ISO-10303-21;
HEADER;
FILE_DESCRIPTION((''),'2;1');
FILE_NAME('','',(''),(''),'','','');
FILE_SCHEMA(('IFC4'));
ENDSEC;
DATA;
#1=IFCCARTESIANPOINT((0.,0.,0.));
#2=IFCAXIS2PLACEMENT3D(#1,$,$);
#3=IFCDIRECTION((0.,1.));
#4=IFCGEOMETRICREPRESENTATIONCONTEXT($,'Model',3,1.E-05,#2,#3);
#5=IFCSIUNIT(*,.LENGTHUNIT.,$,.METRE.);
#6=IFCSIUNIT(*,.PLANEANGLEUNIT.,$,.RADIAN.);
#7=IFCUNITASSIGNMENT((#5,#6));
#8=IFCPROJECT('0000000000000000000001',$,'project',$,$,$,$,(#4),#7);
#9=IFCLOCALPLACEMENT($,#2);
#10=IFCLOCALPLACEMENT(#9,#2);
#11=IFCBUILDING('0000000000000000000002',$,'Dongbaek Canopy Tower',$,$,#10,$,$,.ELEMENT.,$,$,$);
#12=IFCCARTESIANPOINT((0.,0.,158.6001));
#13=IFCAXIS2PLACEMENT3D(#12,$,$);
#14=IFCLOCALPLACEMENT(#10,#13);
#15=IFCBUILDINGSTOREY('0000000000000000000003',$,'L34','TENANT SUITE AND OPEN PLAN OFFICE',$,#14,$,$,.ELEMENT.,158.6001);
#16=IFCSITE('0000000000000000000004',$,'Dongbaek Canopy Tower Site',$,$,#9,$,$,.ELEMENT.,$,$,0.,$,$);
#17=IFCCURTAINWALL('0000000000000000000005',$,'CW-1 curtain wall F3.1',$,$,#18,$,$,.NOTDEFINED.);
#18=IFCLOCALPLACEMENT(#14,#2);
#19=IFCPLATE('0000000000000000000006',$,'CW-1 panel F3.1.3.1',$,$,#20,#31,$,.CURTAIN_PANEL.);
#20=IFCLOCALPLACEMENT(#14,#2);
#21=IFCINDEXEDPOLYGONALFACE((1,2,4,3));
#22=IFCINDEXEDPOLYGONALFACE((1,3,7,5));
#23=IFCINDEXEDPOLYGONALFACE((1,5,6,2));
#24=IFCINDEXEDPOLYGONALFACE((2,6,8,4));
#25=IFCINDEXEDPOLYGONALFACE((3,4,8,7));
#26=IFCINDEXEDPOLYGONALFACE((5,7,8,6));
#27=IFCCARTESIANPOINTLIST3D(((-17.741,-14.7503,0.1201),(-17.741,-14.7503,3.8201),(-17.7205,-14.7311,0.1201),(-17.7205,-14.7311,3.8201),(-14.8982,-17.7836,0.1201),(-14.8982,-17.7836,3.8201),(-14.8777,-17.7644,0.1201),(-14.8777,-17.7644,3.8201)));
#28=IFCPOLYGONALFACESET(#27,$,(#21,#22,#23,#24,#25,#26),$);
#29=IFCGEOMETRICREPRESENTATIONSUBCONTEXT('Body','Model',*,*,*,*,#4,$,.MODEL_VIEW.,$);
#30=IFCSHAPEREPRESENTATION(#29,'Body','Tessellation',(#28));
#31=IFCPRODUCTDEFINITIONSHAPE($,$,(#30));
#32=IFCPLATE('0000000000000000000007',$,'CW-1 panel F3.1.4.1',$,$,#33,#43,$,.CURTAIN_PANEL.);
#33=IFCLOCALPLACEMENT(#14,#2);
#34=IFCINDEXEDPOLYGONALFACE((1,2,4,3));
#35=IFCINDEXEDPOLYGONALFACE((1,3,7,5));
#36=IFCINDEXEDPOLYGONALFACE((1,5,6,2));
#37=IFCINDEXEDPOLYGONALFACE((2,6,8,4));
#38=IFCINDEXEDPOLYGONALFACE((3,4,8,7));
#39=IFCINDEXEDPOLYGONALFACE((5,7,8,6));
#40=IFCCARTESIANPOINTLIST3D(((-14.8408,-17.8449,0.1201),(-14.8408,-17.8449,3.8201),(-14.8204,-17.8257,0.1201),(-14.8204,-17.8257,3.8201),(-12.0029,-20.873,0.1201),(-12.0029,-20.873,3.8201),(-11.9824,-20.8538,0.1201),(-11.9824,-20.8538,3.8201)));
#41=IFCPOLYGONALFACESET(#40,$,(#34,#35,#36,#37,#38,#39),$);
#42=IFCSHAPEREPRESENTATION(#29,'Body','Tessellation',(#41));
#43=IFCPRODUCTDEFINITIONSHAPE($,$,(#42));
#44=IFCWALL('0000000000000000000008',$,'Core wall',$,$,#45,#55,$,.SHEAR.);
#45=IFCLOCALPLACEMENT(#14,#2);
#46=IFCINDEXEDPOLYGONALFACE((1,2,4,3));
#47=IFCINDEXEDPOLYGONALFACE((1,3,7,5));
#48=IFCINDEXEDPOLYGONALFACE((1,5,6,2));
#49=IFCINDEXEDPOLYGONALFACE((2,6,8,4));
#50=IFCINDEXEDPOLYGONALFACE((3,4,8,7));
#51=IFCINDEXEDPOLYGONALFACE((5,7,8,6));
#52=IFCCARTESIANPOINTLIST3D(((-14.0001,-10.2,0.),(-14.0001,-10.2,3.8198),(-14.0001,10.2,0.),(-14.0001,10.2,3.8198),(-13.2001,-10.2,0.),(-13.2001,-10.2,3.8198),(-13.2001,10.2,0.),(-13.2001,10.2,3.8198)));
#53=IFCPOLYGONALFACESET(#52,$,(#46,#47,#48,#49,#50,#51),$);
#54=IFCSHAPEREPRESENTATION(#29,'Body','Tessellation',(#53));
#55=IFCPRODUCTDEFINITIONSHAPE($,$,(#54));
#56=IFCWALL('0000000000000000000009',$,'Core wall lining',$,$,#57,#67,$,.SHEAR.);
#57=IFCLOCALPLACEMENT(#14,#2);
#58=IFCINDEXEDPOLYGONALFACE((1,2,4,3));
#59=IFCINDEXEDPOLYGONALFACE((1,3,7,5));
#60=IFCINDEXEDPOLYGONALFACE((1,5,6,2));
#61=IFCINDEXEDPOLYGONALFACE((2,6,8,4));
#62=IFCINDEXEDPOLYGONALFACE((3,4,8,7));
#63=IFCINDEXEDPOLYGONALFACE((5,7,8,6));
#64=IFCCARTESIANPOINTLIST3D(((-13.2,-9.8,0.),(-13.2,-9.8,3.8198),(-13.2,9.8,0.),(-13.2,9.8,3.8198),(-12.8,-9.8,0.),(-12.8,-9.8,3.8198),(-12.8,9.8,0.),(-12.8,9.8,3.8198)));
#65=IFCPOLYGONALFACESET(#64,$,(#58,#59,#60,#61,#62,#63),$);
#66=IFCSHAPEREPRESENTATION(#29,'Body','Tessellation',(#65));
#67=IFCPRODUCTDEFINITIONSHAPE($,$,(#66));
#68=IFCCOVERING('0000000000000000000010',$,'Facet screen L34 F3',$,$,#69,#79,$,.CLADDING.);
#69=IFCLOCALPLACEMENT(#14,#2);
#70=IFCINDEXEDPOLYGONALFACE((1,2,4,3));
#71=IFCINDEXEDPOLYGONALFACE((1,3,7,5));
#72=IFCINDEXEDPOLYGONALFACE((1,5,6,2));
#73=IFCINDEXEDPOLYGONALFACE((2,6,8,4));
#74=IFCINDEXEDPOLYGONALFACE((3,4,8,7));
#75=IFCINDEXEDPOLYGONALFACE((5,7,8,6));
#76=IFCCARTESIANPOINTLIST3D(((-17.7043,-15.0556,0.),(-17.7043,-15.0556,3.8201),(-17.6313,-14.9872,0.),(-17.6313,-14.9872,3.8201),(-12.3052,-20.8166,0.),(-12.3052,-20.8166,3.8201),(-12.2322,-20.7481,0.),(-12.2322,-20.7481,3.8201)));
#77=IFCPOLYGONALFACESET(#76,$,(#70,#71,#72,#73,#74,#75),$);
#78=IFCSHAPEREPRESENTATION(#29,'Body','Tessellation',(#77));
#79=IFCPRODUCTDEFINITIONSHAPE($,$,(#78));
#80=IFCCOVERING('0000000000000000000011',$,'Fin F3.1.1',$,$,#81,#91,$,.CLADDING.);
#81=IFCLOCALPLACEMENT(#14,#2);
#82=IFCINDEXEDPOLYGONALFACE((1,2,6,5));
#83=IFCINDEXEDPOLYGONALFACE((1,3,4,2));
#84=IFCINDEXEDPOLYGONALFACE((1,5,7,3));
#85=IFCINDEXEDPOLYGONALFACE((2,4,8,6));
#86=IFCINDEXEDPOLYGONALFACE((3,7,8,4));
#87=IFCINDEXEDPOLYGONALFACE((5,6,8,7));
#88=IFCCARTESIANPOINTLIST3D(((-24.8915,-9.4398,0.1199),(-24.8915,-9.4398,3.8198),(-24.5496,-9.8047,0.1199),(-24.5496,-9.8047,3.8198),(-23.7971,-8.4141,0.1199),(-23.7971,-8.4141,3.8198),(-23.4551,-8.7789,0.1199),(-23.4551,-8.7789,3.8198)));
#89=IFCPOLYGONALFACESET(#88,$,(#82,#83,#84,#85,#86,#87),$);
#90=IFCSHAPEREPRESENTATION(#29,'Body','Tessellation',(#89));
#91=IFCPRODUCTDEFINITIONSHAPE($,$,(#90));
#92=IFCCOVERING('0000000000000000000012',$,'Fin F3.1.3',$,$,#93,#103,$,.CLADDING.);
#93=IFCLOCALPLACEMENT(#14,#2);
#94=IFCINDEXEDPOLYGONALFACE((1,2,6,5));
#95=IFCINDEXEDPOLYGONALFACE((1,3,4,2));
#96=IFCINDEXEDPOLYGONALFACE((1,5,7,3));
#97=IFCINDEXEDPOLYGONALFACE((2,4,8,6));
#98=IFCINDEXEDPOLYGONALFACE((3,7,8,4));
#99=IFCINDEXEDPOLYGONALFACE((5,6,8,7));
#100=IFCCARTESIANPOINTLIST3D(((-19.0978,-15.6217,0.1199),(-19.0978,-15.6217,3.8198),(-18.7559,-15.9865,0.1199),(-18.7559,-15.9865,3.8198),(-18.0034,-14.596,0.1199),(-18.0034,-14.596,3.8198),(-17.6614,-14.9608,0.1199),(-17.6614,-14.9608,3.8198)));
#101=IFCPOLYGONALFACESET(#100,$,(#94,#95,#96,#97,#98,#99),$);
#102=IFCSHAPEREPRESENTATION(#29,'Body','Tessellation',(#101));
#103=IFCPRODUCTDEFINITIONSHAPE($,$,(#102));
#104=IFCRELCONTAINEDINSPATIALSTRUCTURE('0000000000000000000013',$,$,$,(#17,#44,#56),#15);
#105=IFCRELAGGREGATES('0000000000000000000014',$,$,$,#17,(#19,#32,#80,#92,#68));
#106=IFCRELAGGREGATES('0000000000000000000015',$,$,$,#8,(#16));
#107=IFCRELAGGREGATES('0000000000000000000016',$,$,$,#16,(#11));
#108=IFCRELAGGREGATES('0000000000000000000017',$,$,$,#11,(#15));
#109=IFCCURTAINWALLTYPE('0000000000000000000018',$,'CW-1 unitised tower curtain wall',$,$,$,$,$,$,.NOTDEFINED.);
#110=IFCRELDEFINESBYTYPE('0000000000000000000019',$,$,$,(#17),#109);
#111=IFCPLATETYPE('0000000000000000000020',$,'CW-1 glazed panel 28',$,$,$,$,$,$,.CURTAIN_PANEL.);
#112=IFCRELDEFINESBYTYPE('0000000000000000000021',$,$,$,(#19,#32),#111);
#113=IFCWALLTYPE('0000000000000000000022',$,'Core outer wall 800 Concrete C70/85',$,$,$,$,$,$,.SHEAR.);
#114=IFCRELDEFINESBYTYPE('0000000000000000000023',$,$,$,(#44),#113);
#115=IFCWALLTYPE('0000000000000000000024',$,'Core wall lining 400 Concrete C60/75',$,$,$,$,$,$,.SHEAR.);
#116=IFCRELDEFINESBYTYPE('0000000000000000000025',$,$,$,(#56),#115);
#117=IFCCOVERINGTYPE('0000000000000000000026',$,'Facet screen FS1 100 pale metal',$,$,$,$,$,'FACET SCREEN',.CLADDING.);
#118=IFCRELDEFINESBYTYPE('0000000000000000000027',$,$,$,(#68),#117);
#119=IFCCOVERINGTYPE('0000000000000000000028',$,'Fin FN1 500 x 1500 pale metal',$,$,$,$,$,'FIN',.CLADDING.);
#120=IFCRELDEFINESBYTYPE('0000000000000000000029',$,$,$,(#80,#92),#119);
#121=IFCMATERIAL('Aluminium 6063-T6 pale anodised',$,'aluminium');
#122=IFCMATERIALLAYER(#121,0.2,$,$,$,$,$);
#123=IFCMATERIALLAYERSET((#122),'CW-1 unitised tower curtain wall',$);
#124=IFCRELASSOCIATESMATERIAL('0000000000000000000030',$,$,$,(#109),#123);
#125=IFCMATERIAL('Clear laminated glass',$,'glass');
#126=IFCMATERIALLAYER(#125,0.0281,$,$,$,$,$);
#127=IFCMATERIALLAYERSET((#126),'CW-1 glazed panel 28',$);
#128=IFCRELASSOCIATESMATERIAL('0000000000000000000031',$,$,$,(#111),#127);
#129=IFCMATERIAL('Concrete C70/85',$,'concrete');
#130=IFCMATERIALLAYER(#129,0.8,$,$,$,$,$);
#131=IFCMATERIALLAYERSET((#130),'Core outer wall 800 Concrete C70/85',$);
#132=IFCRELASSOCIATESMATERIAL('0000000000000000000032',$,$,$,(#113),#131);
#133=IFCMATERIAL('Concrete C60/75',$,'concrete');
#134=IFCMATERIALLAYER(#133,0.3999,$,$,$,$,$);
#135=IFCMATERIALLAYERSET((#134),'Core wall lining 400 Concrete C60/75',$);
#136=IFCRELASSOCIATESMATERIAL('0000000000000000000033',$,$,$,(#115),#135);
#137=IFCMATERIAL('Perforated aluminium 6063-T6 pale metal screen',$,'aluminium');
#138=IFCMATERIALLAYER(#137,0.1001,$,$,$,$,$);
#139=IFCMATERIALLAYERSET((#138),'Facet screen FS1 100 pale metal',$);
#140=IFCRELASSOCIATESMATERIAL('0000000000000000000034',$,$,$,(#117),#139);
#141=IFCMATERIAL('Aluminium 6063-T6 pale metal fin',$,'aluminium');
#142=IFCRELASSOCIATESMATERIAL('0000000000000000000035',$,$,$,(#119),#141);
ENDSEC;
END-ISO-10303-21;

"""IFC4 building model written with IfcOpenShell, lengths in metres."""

from ifc_helpers import new_model, si_unit, direction, frame, frame_2d, origin, origin_2d, place, context, subcontext, project, spatial, rectangle, extrude, material, layer, layer_set, material_profile, profile_set, type_object, element, aggregate, save


model = new_model("IFC4")

# Units and contexts
model_context = context("Model", 3, precision=1e-05, world=origin(), true_north=direction((0.0, 1.0)))
body_context = subcontext(model_context, "Body", "Model", "MODEL_VIEW")
ifc_project = project(units=[si_unit("LENGTHUNIT", "METRE"), si_unit("PLANEANGLEUNIT", "RADIAN")], contexts=[model_context])

# Site, building, storey
site_placement = place(None, origin())
site = spatial("IfcSite", under=ifc_project, at=site_placement, Name="Dongbaek Canopy Tower Site", CompositionType="ELEMENT", RefElevation=0.0)
building_placement = place(site_placement, origin())
building = spatial("IfcBuilding", under=site, at=building_placement, Name="Dongbaek Canopy Tower", CompositionType="ELEMENT")
storey_placement = place(building_placement, frame((0.0, 0.0, 158.6001)))
storey = spatial("IfcBuildingStorey", under=building, at=storey_placement, Name="L34", Description="TENANT SUITE AND OPEN PLAN OFFICE", CompositionType="ELEMENT", Elevation=158.6001)

# Curtain wall
ifc_material_1 = material(Name="Aluminium 6063-T6 pale anodised", Category="aluminium")
ifc_layer_1 = layer(ifc_material_1, 0.2)
ifc_layer_set_1 = layer_set([ifc_layer_1], Name="CW-1 unitised tower curtain wall")
curtain_wall_type = type_object("IfcCurtainWallType", Name="CW-1 unitised tower curtain wall", PredefinedType="NOTDEFINED", material=ifc_layer_set_1)
curtain_wall_1_placement = place(storey_placement, origin())
curtain_wall_1 = element("IfcCurtainWall", 1, at=curtain_wall_1_placement, inside=storey, type_object=curtain_wall_type, Name="CW-1 curtain wall F3.1", PredefinedType="NOTDEFINED")

# Plates
ifc_material_2 = material(Name="Clear laminated glass", Category="glass")
ifc_layer_2 = layer(ifc_material_2, 0.0281)
ifc_layer_set_2 = layer_set([ifc_layer_2], Name="CW-1 glazed panel 28")
plate_type = type_object("IfcPlateType", Name="CW-1 glazed panel 28", PredefinedType="CURTAIN_PANEL", material=ifc_layer_set_2)
plate_1_placement = place(storey_placement, frame((-16.3093, -16.2573, 0.1201), z_axis=(0.0, 0.0, 1.0), x_axis=(0.683822, -0.729649, 0.0)))
plate_1 = element("IfcPlate", 2, at=plate_1_placement, type_object=plate_type, Name="CW-1 panel F3.1.3.1", PredefinedType="CURTAIN_PANEL", context=body_context, shape_type="SweptSolid", body=[
    extrude(rectangle(XDim=4.1572, YDim=0.0281, at=origin_2d()), origin(), (0.0, 0.0, 1.0), 3.7),
])
plate_2_placement = place(storey_placement, frame((-13.4116, -19.3494, 0.1201), z_axis=(0.0, 0.0, 1.0), x_axis=(0.683822, -0.729649, 0.0)))
plate_2 = element("IfcPlate", 3, at=plate_2_placement, type_object=plate_type, Name="CW-1 panel F3.1.4.1", PredefinedType="CURTAIN_PANEL", context=body_context, shape_type="SweptSolid", body=[
    extrude(rectangle(XDim=4.1501, YDim=0.0281, at=origin_2d()), origin(), (0.0, 0.0, 1.0), 3.7),
])

# Walls
ifc_material_3 = material(Name="Concrete C70/85", Category="concrete")
ifc_layer_3 = layer(ifc_material_3, 0.8)
ifc_layer_set_3 = layer_set([ifc_layer_3], Name="Core outer wall 800 Concrete C70/85")
wall_type_1 = type_object("IfcWallType", Name="Core outer wall 800 Concrete C70/85", PredefinedType="SHEAR", material=ifc_layer_set_3)
wall_1_placement = place(storey_placement, frame((-13.6001, -10.2, 0.0), z_axis=(0.0, 0.0, 1.0), x_axis=(0.0, 1.0, 0.0)))
element("IfcWall", 4, at=wall_1_placement, inside=storey, type_object=wall_type_1, Name="Core wall", PredefinedType="SHEAR", context=body_context, shape_type="SweptSolid", body=[
    extrude(rectangle(XDim=20.3999, YDim=0.8, at=frame_2d((10.2, 0.0))), origin(), (0.0, 0.0, 1.0), 3.8198),
])
ifc_material_4 = material(Name="Concrete C60/75", Category="concrete")
ifc_layer_4 = layer(ifc_material_4, 0.3999)
ifc_layer_set_4 = layer_set([ifc_layer_4], Name="Core wall lining 400 Concrete C60/75")
wall_type_2 = type_object("IfcWallType", Name="Core wall lining 400 Concrete C60/75", PredefinedType="SHEAR", material=ifc_layer_set_4)
wall_2_placement = place(storey_placement, frame((-13.0, -9.8, 0.0), z_axis=(0.0, 0.0, 1.0), x_axis=(0.0, 1.0, 0.0)))
element("IfcWall", 5, at=wall_2_placement, inside=storey, type_object=wall_type_2, Name="Core wall lining", PredefinedType="SHEAR", context=body_context, shape_type="SweptSolid", body=[
    extrude(rectangle(XDim=19.6001, YDim=0.3999, at=frame_2d((9.8, 0.0))), origin(), (0.0, 0.0, 1.0), 3.8198),
])

# Coverings
ifc_material_5 = material(Name="Perforated aluminium 6063-T6 pale metal screen", Category="aluminium")
ifc_layer_5 = layer(ifc_material_5, 0.1001)
ifc_layer_set_5 = layer_set([ifc_layer_5], Name="Facet screen FS1 100 pale metal")
covering_type_1 = type_object("IfcCoveringType", Name="Facet screen FS1 100 pale metal", ElementType="FACET SCREEN", PredefinedType="CLADDING", material=ifc_layer_set_5)
covering_1_placement = place(storey_placement, frame((-14.9683, -17.9019, 0.0), z_axis=(0.0, 0.0, 1.0), x_axis=(0.683822, -0.729649, 0.0)))
covering_1 = element("IfcCovering", 6, at=covering_1_placement, type_object=covering_type_1, Name="Facet screen L34 F3", PredefinedType="CLADDING", context=body_context, shape_type="SweptSolid", body=[
    extrude(rectangle(XDim=7.8955, YDim=0.1001, at=origin_2d()), origin(), (0.0, 0.0, 1.0), 3.8201),
])
ifc_material_6 = material(Name="Aluminium 6063-T6 pale metal fin", Category="aluminium")
ifc_material_profile_1 = material_profile(ifc_material_6, rectangle(XDim=1.5, YDim=0.5, at=origin_2d()), Name="Fin FN1 500 x 1500 pale metal")
ifc_profile_set_1 = profile_set([ifc_material_profile_1], Name="Aluminium 6063-T6 pale metal fin")
covering_type_2 = type_object("IfcCoveringType", Name="Fin FN1 500 x 1500 pale metal", ElementType="FIN", PredefinedType="CLADDING", material=ifc_profile_set_1)
covering_2_placement = place(storey_placement, frame((-24.1733, -9.1094, 0.1199), z_axis=(0.0, 0.0, 1.0), x_axis=(-0.729649, -0.683822, 0.0)))
covering_2 = element("IfcCovering", 7, at=covering_2_placement, type_object=covering_type_2, Name="Fin F3.1.1", PredefinedType="CLADDING", context=body_context, shape_type="SweptSolid", body=[
    extrude(rectangle(XDim=1.5, YDim=0.5, at=origin_2d()), origin(), (0.0, 0.0, 1.0), 3.7),
])
covering_3_placement = place(storey_placement, frame((-18.3796, -15.2913, 0.1199), z_axis=(0.0, 0.0, 1.0), x_axis=(-0.729649, -0.683822, 0.0)))
covering_3 = element("IfcCovering", 8, at=covering_3_placement, type_object=covering_type_2, Name="Fin F3.1.3", PredefinedType="CLADDING", context=body_context, shape_type="SweptSolid", body=[
    extrude(rectangle(XDim=1.5, YDim=0.5, at=origin_2d()), origin(), (0.0, 0.0, 1.0), 3.7),
])
aggregate(curtain_wall_1, [plate_1, plate_2, covering_2, covering_3, covering_1])

save(model, "model.ifc")
